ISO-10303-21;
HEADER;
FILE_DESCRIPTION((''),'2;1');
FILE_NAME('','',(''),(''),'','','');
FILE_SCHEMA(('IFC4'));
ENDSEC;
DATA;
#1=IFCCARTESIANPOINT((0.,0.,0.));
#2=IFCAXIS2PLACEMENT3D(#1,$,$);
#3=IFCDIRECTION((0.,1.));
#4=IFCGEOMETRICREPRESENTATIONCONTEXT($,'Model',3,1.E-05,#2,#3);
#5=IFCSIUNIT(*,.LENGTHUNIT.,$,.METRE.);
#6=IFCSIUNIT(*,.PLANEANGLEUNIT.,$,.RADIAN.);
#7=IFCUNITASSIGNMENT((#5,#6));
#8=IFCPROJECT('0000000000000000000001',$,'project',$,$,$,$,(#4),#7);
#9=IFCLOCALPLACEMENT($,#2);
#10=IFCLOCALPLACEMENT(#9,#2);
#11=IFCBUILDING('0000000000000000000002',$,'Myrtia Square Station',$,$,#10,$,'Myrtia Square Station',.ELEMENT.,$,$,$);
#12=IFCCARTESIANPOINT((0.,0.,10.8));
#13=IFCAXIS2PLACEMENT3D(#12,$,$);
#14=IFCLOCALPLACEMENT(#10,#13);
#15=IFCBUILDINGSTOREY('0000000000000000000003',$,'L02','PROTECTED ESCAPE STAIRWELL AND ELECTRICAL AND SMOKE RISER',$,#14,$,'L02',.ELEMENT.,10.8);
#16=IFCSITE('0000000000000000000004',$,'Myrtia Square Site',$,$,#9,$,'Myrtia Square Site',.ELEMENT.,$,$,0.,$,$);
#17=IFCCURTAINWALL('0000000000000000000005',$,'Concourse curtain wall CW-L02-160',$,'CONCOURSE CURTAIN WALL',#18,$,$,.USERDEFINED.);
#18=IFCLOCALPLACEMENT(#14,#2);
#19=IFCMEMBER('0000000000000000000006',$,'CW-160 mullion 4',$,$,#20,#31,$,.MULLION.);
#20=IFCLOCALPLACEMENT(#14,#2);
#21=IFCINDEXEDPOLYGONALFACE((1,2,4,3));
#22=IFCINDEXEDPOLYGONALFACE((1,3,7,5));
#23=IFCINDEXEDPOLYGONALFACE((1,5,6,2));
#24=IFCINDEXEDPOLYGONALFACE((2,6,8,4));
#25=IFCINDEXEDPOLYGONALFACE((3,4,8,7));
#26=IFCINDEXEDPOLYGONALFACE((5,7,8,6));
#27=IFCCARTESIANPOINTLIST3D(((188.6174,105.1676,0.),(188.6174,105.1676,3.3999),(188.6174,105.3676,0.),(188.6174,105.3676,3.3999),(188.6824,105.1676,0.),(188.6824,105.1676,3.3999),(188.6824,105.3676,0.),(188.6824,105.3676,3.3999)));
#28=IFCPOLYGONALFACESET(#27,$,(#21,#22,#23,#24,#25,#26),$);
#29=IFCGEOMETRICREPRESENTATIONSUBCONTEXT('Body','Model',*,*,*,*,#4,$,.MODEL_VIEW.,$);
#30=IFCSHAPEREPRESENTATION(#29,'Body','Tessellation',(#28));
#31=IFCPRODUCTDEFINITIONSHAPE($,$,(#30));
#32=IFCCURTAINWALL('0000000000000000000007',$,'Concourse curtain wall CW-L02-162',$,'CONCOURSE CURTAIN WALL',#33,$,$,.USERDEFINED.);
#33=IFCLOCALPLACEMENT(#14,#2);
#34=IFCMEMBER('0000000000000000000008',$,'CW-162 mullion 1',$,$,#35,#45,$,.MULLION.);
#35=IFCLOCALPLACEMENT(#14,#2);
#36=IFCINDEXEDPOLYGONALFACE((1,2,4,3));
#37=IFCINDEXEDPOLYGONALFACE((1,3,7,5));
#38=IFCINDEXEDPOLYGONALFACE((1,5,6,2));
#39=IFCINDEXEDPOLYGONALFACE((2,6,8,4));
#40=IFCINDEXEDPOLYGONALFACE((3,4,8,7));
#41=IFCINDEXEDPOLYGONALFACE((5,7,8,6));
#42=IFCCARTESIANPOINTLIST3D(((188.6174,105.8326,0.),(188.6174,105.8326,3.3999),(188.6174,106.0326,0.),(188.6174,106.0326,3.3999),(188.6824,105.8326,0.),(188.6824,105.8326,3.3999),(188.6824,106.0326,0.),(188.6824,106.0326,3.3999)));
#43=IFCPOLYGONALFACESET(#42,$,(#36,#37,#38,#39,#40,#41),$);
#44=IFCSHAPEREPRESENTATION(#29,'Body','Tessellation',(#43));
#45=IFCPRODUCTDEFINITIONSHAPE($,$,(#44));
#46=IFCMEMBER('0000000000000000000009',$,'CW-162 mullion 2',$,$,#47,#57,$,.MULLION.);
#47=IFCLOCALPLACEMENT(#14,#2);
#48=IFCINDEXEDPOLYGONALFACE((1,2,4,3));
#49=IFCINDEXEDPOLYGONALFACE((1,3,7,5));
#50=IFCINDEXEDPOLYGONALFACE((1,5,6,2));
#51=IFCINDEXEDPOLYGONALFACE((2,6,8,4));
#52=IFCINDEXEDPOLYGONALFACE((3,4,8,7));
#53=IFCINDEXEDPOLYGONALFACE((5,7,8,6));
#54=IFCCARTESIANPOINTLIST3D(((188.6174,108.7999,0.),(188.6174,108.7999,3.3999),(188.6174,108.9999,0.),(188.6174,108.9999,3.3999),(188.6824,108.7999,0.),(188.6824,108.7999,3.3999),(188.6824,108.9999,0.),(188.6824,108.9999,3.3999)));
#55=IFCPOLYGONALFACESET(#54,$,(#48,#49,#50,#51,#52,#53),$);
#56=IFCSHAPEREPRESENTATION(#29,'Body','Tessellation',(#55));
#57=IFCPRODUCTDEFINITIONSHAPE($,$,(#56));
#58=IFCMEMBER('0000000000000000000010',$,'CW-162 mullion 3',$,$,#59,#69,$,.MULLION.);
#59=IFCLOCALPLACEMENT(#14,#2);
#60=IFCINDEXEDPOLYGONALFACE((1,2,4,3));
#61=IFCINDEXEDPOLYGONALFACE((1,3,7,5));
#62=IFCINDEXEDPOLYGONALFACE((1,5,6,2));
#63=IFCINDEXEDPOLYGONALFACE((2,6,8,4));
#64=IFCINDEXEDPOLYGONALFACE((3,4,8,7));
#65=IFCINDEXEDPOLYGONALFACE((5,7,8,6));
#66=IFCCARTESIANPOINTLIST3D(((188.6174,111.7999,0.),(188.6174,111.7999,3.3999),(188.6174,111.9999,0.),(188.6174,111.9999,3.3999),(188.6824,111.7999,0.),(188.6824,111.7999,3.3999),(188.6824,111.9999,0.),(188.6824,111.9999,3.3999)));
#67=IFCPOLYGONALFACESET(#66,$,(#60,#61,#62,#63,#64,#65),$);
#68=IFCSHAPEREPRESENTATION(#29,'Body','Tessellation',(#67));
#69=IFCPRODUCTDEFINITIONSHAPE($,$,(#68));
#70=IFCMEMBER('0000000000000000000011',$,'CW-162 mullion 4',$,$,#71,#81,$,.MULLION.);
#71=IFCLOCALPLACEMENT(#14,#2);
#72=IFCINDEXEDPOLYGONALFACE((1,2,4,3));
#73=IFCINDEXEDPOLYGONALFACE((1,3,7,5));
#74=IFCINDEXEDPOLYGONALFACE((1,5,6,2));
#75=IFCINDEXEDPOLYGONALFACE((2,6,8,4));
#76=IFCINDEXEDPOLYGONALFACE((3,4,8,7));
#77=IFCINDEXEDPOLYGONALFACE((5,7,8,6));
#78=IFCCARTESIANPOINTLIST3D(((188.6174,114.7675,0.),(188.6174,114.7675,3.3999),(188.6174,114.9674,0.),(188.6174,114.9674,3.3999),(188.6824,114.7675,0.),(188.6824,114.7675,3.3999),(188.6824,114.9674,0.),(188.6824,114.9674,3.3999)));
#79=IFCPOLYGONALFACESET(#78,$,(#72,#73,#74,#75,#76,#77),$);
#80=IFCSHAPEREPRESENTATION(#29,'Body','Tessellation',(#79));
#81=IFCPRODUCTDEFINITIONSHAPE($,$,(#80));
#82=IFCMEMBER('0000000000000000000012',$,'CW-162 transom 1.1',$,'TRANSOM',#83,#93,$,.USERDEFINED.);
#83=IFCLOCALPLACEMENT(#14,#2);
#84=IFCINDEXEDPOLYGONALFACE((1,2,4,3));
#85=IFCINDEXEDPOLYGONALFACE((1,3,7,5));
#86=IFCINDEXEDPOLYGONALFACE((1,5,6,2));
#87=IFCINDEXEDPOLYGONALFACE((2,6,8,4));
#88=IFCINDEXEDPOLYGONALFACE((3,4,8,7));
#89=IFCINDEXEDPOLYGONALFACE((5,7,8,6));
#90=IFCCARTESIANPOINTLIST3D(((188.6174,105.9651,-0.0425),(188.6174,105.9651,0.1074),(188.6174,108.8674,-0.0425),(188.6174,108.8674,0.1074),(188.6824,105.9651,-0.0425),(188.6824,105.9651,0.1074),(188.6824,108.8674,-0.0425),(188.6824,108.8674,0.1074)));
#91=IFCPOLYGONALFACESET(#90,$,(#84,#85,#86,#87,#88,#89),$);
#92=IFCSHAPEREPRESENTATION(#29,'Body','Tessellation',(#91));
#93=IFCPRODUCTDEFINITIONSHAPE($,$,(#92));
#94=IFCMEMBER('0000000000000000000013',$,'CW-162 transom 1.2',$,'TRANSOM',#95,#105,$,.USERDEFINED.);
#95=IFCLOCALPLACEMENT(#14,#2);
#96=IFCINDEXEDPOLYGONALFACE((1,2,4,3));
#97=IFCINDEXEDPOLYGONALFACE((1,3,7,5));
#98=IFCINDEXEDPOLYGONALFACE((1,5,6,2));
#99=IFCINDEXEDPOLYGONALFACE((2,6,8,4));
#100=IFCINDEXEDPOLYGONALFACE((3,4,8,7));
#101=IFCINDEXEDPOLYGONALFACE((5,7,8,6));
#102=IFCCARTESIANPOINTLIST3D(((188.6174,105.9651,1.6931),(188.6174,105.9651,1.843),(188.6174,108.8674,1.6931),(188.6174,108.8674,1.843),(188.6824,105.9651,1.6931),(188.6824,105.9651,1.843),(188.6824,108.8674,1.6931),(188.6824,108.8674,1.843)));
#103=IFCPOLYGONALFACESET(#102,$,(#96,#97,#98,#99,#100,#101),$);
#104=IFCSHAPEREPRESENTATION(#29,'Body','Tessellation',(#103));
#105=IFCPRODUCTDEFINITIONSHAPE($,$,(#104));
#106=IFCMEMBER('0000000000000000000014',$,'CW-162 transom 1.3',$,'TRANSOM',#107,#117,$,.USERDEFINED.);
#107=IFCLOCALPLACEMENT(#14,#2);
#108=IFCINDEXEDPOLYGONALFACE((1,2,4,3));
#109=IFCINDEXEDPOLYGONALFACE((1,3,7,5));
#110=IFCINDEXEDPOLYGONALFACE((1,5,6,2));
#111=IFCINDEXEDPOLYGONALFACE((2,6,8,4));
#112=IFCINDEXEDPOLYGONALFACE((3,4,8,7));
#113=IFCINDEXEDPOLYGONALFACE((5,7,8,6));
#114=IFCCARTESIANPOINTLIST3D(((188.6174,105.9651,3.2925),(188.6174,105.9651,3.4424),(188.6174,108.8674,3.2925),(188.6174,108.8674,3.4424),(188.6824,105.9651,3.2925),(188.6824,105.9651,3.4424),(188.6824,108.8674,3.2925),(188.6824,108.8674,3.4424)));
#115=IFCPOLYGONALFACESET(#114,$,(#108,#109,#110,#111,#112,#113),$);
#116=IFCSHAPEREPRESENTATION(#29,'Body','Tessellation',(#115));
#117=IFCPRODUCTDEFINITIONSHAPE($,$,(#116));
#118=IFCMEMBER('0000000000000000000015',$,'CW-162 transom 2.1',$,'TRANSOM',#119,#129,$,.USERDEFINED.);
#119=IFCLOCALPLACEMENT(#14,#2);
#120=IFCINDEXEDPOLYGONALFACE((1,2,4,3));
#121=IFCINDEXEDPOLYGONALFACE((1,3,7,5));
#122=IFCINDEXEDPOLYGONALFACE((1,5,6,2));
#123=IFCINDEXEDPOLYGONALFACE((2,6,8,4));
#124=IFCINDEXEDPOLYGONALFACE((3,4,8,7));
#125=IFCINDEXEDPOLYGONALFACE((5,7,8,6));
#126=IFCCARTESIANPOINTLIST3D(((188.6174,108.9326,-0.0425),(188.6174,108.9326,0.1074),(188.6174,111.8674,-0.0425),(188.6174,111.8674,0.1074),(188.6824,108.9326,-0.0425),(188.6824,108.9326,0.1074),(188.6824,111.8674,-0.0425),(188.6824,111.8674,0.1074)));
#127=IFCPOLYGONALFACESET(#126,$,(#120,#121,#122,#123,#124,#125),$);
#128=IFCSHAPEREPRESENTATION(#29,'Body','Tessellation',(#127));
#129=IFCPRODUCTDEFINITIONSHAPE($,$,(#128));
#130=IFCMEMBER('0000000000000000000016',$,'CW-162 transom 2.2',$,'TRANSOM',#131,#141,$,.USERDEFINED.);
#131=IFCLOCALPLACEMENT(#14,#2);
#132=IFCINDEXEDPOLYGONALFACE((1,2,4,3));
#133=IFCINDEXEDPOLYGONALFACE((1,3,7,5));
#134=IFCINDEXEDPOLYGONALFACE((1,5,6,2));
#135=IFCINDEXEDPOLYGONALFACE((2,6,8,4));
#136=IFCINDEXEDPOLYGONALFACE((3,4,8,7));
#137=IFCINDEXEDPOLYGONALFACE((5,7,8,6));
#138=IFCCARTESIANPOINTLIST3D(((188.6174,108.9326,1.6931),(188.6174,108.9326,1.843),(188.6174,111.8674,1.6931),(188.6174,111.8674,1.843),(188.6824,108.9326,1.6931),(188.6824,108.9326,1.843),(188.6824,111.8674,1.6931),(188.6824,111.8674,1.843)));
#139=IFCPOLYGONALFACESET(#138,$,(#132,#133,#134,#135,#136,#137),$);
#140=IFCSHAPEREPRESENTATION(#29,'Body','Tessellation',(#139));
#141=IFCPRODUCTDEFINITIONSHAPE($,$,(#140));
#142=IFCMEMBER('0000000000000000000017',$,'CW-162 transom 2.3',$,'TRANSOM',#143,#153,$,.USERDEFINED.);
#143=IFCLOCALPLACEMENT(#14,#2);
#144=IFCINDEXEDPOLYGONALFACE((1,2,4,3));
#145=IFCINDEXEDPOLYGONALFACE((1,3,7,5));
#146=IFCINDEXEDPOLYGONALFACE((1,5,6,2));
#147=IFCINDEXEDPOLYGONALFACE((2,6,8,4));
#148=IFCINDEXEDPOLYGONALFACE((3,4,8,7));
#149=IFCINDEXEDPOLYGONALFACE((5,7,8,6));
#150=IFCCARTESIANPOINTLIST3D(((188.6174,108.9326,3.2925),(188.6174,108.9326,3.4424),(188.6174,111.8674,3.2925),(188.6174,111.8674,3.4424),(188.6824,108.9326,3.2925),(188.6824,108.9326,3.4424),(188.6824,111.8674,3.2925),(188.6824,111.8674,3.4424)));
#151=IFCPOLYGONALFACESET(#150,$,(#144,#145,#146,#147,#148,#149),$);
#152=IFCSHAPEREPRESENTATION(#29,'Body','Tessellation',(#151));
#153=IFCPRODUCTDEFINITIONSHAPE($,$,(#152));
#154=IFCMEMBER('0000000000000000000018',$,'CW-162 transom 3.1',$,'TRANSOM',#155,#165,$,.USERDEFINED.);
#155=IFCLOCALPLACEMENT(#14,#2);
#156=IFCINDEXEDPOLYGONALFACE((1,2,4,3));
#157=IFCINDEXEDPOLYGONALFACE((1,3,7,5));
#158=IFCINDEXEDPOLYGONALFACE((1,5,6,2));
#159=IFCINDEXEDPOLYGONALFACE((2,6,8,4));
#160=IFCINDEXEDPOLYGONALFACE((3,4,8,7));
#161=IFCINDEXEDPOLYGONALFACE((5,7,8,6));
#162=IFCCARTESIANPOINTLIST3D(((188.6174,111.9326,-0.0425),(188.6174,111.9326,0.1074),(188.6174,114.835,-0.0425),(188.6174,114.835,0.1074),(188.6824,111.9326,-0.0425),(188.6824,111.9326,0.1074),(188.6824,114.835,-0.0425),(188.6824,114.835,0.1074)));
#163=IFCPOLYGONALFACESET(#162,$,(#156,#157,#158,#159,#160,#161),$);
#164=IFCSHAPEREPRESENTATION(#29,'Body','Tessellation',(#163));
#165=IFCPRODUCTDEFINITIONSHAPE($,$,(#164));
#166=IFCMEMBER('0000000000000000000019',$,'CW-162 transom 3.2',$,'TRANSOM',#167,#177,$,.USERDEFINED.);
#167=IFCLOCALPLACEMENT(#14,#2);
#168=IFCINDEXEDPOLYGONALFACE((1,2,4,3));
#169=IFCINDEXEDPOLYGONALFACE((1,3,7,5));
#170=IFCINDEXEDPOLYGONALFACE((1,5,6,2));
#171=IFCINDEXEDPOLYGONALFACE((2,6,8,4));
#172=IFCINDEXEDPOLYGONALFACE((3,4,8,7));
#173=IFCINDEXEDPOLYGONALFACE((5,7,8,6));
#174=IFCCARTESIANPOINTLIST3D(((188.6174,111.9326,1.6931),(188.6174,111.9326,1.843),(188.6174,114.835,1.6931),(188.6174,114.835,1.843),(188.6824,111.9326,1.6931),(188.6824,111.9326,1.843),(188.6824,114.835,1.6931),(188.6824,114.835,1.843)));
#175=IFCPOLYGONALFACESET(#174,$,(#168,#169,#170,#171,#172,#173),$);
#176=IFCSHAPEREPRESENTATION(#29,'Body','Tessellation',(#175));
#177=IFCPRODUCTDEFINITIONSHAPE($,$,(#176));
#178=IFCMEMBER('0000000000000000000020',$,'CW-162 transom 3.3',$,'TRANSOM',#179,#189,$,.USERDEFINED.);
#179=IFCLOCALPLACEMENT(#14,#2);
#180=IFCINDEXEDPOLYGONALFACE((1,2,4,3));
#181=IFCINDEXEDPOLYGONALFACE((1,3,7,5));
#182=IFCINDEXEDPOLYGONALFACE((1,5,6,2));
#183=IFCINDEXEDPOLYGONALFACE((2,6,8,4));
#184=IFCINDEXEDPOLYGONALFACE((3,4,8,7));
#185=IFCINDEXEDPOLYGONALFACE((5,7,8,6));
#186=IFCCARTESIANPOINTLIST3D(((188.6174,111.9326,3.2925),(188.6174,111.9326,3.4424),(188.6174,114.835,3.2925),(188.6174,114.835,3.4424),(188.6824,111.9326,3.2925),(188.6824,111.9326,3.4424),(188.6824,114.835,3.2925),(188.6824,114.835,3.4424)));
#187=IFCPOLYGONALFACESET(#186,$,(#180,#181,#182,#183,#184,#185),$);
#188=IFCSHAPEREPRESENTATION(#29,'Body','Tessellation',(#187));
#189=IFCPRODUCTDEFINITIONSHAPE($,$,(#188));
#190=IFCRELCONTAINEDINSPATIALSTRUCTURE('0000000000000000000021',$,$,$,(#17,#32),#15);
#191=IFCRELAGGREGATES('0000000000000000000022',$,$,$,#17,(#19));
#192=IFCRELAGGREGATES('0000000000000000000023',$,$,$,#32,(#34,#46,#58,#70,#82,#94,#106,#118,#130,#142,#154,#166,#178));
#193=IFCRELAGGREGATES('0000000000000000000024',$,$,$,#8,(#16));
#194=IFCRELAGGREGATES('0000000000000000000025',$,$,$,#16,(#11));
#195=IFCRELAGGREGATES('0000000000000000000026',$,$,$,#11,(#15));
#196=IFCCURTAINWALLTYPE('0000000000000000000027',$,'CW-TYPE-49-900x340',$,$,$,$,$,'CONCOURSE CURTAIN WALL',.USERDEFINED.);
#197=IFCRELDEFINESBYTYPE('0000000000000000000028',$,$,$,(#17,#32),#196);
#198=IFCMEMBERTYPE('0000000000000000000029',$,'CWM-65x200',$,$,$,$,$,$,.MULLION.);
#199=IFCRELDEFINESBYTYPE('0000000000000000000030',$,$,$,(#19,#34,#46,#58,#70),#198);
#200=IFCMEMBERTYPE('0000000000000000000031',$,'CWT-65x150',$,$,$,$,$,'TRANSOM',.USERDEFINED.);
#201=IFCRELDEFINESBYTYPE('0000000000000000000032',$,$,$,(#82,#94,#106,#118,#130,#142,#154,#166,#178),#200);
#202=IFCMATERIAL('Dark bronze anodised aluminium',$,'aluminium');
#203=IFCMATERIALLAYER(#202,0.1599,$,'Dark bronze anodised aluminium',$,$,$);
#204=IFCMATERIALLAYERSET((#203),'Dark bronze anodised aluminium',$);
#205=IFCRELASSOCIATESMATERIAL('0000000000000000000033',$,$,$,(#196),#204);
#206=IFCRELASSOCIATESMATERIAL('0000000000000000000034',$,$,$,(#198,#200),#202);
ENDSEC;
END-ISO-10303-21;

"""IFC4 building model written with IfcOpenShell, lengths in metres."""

from ifc_helpers import new_model, si_unit, direction, frame, origin, origin_2d, place, context, subcontext, project, spatial, rectangle, extrude, material, layer, layer_set, material_profile, profile_set, type_object, element, aggregate, save


model = new_model("IFC4")

# Units and contexts
model_context = context("Model", 3, precision=1e-05, world=origin(), true_north=direction((0.0, 1.0)))
body_context = subcontext(model_context, "Body", "Model", "MODEL_VIEW")
ifc_project = project(units=[si_unit("LENGTHUNIT", "METRE"), si_unit("PLANEANGLEUNIT", "RADIAN")], contexts=[model_context])

# Site, building, storey
site_placement = place(None, origin())
site = spatial("IfcSite", under=ifc_project, at=site_placement, Name="Myrtia Square Site", LongName="Myrtia Square Site", CompositionType="ELEMENT", RefElevation=0.0)
building_placement = place(site_placement, origin())
building = spatial("IfcBuilding", under=site, at=building_placement, Name="Myrtia Square Station", LongName="Myrtia Square Station", CompositionType="ELEMENT")
storey_placement = place(building_placement, frame((0.0, 0.0, 10.8)))
storey = spatial("IfcBuildingStorey", under=building, at=storey_placement, Name="L02", Description="PROTECTED ESCAPE STAIRWELL AND ELECTRICAL AND SMOKE RISER", LongName="L02", CompositionType="ELEMENT", Elevation=10.8)

# Curtain wall, member
ifc_material_1 = material(Name="Dark bronze anodised aluminium", Category="aluminium")
ifc_layer_1 = layer(ifc_material_1, 0.1599, Name="Dark bronze anodised aluminium")
ifc_layer_set_1 = layer_set([ifc_layer_1], Name="Dark bronze anodised aluminium")
curtain_wall_type = type_object("IfcCurtainWallType", Name="CW-TYPE-49-900x340", ElementType="CONCOURSE CURTAIN WALL", PredefinedType="USERDEFINED", material=ifc_layer_set_1)
curtain_wall_1_placement = place(storey_placement, origin())
curtain_wall_1 = element("IfcCurtainWall", 1, at=curtain_wall_1_placement, inside=storey, type_object=curtain_wall_type, Name="Concourse curtain wall CW-L02-160", ObjectType="CONCOURSE CURTAIN WALL", PredefinedType="USERDEFINED")
ifc_material_profile_1 = material_profile(ifc_material_1, rectangle(XDim=0.0649, YDim=0.2, at=origin_2d()), Name="ALU-M 65x200")
ifc_profile_set_1 = profile_set([ifc_material_profile_1], Name="Dark bronze anodised aluminium")
member_type_1 = type_object("IfcMemberType", Name="CWM-65x200", PredefinedType="MULLION", material=ifc_profile_set_1)
member_1_placement = place(storey_placement, frame((188.6499, 105.2676, 0.0), z_axis=(0.0, 0.0, 1.0), x_axis=(-1.0, 0.0, 0.0)))
member_1 = element("IfcMember", 2, at=member_1_placement, type_object=member_type_1, Name="CW-160 mullion 4", PredefinedType="MULLION", context=body_context, shape_type="SweptSolid", body=[
    extrude(rectangle(XDim=0.0649, YDim=0.2, at=origin_2d()), origin(), (0.0, 0.0, 1.0), 3.3999),
])

# Curtain wall, members
curtain_wall_2_placement = place(storey_placement, origin())
curtain_wall_2 = element("IfcCurtainWall", 3, at=curtain_wall_2_placement, inside=storey, type_object=curtain_wall_type, Name="Concourse curtain wall CW-L02-162", ObjectType="CONCOURSE CURTAIN WALL", PredefinedType="USERDEFINED")
member_2_placement = place(storey_placement, frame((188.6499, 105.9326, 0.0), z_axis=(0.0, 0.0, 1.0), x_axis=(-1.0, 0.0, 0.0)))
member_2 = element("IfcMember", 4, at=member_2_placement, type_object=member_type_1, Name="CW-162 mullion 1", PredefinedType="MULLION", context=body_context, shape_type="SweptSolid", body=[
    extrude(rectangle(XDim=0.0649, YDim=0.2, at=origin_2d()), origin(), (0.0, 0.0, 1.0), 3.3999),
])
member_3_placement = place(storey_placement, frame((188.6499, 108.8999, 0.0), z_axis=(0.0, 0.0, 1.0), x_axis=(-1.0, 0.0, 0.0)))
member_3 = element("IfcMember", 5, at=member_3_placement, type_object=member_type_1, Name="CW-162 mullion 2", PredefinedType="MULLION", context=body_context, shape_type="SweptSolid", body=[
    extrude(rectangle(XDim=0.0649, YDim=0.2, at=origin_2d()), origin(), (0.0, 0.0, 1.0), 3.3999),
])
member_4_placement = place(storey_placement, frame((188.6499, 111.8999, 0.0), z_axis=(0.0, 0.0, 1.0), x_axis=(-1.0, 0.0, 0.0)))
member_4 = element("IfcMember", 6, at=member_4_placement, type_object=member_type_1, Name="CW-162 mullion 3", PredefinedType="MULLION", context=body_context, shape_type="SweptSolid", body=[
    extrude(rectangle(XDim=0.0649, YDim=0.2, at=origin_2d()), origin(), (0.0, 0.0, 1.0), 3.3999),
])
member_5_placement = place(storey_placement, frame((188.6499, 114.8674, 0.0), z_axis=(0.0, 0.0, 1.0), x_axis=(-1.0, 0.0, 0.0)))
member_5 = element("IfcMember", 7, at=member_5_placement, type_object=member_type_1, Name="CW-162 mullion 4", PredefinedType="MULLION", context=body_context, shape_type="SweptSolid", body=[
    extrude(rectangle(XDim=0.0649, YDim=0.2, at=origin_2d()), origin(), (0.0, 0.0, 1.0), 3.3999),
])
ifc_material_profile_2 = material_profile(ifc_material_1, rectangle(XDim=0.0649, YDim=0.1499, at=origin_2d()), Name="ALU-T 65x150")
ifc_profile_set_2 = profile_set([ifc_material_profile_2], Name="Dark bronze anodised aluminium")
member_type_2 = type_object("IfcMemberType", Name="CWT-65x150", ElementType="TRANSOM", PredefinedType="USERDEFINED", material=ifc_profile_set_2)
member_6_placement = place(storey_placement, frame((188.6499, 105.9651, 0.0325), z_axis=(0.0, 1.0, 0.0), x_axis=(-1.0, 0.0, 0.0)))
member_6 = element("IfcMember", 8, at=member_6_placement, type_object=member_type_2, Name="CW-162 transom 1.1", ObjectType="TRANSOM", PredefinedType="USERDEFINED", context=body_context, shape_type="SweptSolid", body=[
    extrude(rectangle(XDim=0.0649, YDim=0.1499, at=origin_2d()), origin(), (0.0, 0.0, 1.0), 2.9023),
])
member_7_placement = place(storey_placement, frame((188.6499, 105.9651, 1.7681), z_axis=(0.0, 1.0, 0.0), x_axis=(-1.0, 0.0, 0.0)))
member_7 = element("IfcMember", 9, at=member_7_placement, type_object=member_type_2, Name="CW-162 transom 1.2", ObjectType="TRANSOM", PredefinedType="USERDEFINED", context=body_context, shape_type="SweptSolid", body=[
    extrude(rectangle(XDim=0.0649, YDim=0.1499, at=origin_2d()), origin(), (0.0, 0.0, 1.0), 2.9023),
])
member_8_placement = place(storey_placement, frame((188.6499, 105.9651, 3.3674), z_axis=(0.0, 1.0, 0.0), x_axis=(-1.0, 0.0, 0.0)))
member_8 = element("IfcMember", 10, at=member_8_placement, type_object=member_type_2, Name="CW-162 transom 1.3", ObjectType="TRANSOM", PredefinedType="USERDEFINED", context=body_context, shape_type="SweptSolid", body=[
    extrude(rectangle(XDim=0.0649, YDim=0.1499, at=origin_2d()), origin(), (0.0, 0.0, 1.0), 2.9023),
])
member_9_placement = place(storey_placement, frame((188.6499, 108.9326, 0.0325), z_axis=(0.0, 1.0, 0.0), x_axis=(-1.0, 0.0, 0.0)))
member_9 = element("IfcMember", 11, at=member_9_placement, type_object=member_type_2, Name="CW-162 transom 2.1", ObjectType="TRANSOM", PredefinedType="USERDEFINED", context=body_context, shape_type="SweptSolid", body=[
    extrude(rectangle(XDim=0.0649, YDim=0.1499, at=origin_2d()), origin(), (0.0, 0.0, 1.0), 2.9348),
])
member_10_placement = place(storey_placement, frame((188.6499, 108.9326, 1.7681), z_axis=(0.0, 1.0, 0.0), x_axis=(-1.0, 0.0, 0.0)))
member_10 = element("IfcMember", 12, at=member_10_placement, type_object=member_type_2, Name="CW-162 transom 2.2", ObjectType="TRANSOM", PredefinedType="USERDEFINED", context=body_context, shape_type="SweptSolid", body=[
    extrude(rectangle(XDim=0.0649, YDim=0.1499, at=origin_2d()), origin(), (0.0, 0.0, 1.0), 2.9348),
])
member_11_placement = place(storey_placement, frame((188.6499, 108.9326, 3.3674), z_axis=(0.0, 1.0, 0.0), x_axis=(-1.0, 0.0, 0.0)))
member_11 = element("IfcMember", 13, at=member_11_placement, type_object=member_type_2, Name="CW-162 transom 2.3", ObjectType="TRANSOM", PredefinedType="USERDEFINED", context=body_context, shape_type="SweptSolid", body=[
    extrude(rectangle(XDim=0.0649, YDim=0.1499, at=origin_2d()), origin(), (0.0, 0.0, 1.0), 2.9348),
])
member_12_placement = place(storey_placement, frame((188.6499, 111.9326, 0.0325), z_axis=(0.0, 1.0, 0.0), x_axis=(-1.0, 0.0, 0.0)))
member_12 = element("IfcMember", 14, at=member_12_placement, type_object=member_type_2, Name="CW-162 transom 3.1", ObjectType="TRANSOM", PredefinedType="USERDEFINED", context=body_context, shape_type="SweptSolid", body=[
    extrude(rectangle(XDim=0.0649, YDim=0.1499, at=origin_2d()), origin(), (0.0, 0.0, 1.0), 2.9023),
])
member_13_placement = place(storey_placement, frame((188.6499, 111.9326, 1.7681), z_axis=(0.0, 1.0, 0.0), x_axis=(-1.0, 0.0, 0.0)))
member_13 = element("IfcMember", 15, at=member_13_placement, type_object=member_type_2, Name="CW-162 transom 3.2", ObjectType="TRANSOM", PredefinedType="USERDEFINED", context=body_context, shape_type="SweptSolid", body=[
    extrude(rectangle(XDim=0.0649, YDim=0.1499, at=origin_2d()), origin(), (0.0, 0.0, 1.0), 2.9023),
])
member_14_placement = place(storey_placement, frame((188.6499, 111.9326, 3.3674), z_axis=(0.0, 1.0, 0.0), x_axis=(-1.0, 0.0, 0.0)))
member_14 = element("IfcMember", 16, at=member_14_placement, type_object=member_type_2, Name="CW-162 transom 3.3", ObjectType="TRANSOM", PredefinedType="USERDEFINED", context=body_context, shape_type="SweptSolid", body=[
    extrude(rectangle(XDim=0.0649, YDim=0.1499, at=origin_2d()), origin(), (0.0, 0.0, 1.0), 2.9023),
])

aggregate(curtain_wall_1, [member_1])
aggregate(curtain_wall_2, [member_2, member_3, member_4, member_5, member_6, member_7, member_8, member_9, member_10, member_11, member_12, member_13, member_14])

save(model, "model.ifc")
